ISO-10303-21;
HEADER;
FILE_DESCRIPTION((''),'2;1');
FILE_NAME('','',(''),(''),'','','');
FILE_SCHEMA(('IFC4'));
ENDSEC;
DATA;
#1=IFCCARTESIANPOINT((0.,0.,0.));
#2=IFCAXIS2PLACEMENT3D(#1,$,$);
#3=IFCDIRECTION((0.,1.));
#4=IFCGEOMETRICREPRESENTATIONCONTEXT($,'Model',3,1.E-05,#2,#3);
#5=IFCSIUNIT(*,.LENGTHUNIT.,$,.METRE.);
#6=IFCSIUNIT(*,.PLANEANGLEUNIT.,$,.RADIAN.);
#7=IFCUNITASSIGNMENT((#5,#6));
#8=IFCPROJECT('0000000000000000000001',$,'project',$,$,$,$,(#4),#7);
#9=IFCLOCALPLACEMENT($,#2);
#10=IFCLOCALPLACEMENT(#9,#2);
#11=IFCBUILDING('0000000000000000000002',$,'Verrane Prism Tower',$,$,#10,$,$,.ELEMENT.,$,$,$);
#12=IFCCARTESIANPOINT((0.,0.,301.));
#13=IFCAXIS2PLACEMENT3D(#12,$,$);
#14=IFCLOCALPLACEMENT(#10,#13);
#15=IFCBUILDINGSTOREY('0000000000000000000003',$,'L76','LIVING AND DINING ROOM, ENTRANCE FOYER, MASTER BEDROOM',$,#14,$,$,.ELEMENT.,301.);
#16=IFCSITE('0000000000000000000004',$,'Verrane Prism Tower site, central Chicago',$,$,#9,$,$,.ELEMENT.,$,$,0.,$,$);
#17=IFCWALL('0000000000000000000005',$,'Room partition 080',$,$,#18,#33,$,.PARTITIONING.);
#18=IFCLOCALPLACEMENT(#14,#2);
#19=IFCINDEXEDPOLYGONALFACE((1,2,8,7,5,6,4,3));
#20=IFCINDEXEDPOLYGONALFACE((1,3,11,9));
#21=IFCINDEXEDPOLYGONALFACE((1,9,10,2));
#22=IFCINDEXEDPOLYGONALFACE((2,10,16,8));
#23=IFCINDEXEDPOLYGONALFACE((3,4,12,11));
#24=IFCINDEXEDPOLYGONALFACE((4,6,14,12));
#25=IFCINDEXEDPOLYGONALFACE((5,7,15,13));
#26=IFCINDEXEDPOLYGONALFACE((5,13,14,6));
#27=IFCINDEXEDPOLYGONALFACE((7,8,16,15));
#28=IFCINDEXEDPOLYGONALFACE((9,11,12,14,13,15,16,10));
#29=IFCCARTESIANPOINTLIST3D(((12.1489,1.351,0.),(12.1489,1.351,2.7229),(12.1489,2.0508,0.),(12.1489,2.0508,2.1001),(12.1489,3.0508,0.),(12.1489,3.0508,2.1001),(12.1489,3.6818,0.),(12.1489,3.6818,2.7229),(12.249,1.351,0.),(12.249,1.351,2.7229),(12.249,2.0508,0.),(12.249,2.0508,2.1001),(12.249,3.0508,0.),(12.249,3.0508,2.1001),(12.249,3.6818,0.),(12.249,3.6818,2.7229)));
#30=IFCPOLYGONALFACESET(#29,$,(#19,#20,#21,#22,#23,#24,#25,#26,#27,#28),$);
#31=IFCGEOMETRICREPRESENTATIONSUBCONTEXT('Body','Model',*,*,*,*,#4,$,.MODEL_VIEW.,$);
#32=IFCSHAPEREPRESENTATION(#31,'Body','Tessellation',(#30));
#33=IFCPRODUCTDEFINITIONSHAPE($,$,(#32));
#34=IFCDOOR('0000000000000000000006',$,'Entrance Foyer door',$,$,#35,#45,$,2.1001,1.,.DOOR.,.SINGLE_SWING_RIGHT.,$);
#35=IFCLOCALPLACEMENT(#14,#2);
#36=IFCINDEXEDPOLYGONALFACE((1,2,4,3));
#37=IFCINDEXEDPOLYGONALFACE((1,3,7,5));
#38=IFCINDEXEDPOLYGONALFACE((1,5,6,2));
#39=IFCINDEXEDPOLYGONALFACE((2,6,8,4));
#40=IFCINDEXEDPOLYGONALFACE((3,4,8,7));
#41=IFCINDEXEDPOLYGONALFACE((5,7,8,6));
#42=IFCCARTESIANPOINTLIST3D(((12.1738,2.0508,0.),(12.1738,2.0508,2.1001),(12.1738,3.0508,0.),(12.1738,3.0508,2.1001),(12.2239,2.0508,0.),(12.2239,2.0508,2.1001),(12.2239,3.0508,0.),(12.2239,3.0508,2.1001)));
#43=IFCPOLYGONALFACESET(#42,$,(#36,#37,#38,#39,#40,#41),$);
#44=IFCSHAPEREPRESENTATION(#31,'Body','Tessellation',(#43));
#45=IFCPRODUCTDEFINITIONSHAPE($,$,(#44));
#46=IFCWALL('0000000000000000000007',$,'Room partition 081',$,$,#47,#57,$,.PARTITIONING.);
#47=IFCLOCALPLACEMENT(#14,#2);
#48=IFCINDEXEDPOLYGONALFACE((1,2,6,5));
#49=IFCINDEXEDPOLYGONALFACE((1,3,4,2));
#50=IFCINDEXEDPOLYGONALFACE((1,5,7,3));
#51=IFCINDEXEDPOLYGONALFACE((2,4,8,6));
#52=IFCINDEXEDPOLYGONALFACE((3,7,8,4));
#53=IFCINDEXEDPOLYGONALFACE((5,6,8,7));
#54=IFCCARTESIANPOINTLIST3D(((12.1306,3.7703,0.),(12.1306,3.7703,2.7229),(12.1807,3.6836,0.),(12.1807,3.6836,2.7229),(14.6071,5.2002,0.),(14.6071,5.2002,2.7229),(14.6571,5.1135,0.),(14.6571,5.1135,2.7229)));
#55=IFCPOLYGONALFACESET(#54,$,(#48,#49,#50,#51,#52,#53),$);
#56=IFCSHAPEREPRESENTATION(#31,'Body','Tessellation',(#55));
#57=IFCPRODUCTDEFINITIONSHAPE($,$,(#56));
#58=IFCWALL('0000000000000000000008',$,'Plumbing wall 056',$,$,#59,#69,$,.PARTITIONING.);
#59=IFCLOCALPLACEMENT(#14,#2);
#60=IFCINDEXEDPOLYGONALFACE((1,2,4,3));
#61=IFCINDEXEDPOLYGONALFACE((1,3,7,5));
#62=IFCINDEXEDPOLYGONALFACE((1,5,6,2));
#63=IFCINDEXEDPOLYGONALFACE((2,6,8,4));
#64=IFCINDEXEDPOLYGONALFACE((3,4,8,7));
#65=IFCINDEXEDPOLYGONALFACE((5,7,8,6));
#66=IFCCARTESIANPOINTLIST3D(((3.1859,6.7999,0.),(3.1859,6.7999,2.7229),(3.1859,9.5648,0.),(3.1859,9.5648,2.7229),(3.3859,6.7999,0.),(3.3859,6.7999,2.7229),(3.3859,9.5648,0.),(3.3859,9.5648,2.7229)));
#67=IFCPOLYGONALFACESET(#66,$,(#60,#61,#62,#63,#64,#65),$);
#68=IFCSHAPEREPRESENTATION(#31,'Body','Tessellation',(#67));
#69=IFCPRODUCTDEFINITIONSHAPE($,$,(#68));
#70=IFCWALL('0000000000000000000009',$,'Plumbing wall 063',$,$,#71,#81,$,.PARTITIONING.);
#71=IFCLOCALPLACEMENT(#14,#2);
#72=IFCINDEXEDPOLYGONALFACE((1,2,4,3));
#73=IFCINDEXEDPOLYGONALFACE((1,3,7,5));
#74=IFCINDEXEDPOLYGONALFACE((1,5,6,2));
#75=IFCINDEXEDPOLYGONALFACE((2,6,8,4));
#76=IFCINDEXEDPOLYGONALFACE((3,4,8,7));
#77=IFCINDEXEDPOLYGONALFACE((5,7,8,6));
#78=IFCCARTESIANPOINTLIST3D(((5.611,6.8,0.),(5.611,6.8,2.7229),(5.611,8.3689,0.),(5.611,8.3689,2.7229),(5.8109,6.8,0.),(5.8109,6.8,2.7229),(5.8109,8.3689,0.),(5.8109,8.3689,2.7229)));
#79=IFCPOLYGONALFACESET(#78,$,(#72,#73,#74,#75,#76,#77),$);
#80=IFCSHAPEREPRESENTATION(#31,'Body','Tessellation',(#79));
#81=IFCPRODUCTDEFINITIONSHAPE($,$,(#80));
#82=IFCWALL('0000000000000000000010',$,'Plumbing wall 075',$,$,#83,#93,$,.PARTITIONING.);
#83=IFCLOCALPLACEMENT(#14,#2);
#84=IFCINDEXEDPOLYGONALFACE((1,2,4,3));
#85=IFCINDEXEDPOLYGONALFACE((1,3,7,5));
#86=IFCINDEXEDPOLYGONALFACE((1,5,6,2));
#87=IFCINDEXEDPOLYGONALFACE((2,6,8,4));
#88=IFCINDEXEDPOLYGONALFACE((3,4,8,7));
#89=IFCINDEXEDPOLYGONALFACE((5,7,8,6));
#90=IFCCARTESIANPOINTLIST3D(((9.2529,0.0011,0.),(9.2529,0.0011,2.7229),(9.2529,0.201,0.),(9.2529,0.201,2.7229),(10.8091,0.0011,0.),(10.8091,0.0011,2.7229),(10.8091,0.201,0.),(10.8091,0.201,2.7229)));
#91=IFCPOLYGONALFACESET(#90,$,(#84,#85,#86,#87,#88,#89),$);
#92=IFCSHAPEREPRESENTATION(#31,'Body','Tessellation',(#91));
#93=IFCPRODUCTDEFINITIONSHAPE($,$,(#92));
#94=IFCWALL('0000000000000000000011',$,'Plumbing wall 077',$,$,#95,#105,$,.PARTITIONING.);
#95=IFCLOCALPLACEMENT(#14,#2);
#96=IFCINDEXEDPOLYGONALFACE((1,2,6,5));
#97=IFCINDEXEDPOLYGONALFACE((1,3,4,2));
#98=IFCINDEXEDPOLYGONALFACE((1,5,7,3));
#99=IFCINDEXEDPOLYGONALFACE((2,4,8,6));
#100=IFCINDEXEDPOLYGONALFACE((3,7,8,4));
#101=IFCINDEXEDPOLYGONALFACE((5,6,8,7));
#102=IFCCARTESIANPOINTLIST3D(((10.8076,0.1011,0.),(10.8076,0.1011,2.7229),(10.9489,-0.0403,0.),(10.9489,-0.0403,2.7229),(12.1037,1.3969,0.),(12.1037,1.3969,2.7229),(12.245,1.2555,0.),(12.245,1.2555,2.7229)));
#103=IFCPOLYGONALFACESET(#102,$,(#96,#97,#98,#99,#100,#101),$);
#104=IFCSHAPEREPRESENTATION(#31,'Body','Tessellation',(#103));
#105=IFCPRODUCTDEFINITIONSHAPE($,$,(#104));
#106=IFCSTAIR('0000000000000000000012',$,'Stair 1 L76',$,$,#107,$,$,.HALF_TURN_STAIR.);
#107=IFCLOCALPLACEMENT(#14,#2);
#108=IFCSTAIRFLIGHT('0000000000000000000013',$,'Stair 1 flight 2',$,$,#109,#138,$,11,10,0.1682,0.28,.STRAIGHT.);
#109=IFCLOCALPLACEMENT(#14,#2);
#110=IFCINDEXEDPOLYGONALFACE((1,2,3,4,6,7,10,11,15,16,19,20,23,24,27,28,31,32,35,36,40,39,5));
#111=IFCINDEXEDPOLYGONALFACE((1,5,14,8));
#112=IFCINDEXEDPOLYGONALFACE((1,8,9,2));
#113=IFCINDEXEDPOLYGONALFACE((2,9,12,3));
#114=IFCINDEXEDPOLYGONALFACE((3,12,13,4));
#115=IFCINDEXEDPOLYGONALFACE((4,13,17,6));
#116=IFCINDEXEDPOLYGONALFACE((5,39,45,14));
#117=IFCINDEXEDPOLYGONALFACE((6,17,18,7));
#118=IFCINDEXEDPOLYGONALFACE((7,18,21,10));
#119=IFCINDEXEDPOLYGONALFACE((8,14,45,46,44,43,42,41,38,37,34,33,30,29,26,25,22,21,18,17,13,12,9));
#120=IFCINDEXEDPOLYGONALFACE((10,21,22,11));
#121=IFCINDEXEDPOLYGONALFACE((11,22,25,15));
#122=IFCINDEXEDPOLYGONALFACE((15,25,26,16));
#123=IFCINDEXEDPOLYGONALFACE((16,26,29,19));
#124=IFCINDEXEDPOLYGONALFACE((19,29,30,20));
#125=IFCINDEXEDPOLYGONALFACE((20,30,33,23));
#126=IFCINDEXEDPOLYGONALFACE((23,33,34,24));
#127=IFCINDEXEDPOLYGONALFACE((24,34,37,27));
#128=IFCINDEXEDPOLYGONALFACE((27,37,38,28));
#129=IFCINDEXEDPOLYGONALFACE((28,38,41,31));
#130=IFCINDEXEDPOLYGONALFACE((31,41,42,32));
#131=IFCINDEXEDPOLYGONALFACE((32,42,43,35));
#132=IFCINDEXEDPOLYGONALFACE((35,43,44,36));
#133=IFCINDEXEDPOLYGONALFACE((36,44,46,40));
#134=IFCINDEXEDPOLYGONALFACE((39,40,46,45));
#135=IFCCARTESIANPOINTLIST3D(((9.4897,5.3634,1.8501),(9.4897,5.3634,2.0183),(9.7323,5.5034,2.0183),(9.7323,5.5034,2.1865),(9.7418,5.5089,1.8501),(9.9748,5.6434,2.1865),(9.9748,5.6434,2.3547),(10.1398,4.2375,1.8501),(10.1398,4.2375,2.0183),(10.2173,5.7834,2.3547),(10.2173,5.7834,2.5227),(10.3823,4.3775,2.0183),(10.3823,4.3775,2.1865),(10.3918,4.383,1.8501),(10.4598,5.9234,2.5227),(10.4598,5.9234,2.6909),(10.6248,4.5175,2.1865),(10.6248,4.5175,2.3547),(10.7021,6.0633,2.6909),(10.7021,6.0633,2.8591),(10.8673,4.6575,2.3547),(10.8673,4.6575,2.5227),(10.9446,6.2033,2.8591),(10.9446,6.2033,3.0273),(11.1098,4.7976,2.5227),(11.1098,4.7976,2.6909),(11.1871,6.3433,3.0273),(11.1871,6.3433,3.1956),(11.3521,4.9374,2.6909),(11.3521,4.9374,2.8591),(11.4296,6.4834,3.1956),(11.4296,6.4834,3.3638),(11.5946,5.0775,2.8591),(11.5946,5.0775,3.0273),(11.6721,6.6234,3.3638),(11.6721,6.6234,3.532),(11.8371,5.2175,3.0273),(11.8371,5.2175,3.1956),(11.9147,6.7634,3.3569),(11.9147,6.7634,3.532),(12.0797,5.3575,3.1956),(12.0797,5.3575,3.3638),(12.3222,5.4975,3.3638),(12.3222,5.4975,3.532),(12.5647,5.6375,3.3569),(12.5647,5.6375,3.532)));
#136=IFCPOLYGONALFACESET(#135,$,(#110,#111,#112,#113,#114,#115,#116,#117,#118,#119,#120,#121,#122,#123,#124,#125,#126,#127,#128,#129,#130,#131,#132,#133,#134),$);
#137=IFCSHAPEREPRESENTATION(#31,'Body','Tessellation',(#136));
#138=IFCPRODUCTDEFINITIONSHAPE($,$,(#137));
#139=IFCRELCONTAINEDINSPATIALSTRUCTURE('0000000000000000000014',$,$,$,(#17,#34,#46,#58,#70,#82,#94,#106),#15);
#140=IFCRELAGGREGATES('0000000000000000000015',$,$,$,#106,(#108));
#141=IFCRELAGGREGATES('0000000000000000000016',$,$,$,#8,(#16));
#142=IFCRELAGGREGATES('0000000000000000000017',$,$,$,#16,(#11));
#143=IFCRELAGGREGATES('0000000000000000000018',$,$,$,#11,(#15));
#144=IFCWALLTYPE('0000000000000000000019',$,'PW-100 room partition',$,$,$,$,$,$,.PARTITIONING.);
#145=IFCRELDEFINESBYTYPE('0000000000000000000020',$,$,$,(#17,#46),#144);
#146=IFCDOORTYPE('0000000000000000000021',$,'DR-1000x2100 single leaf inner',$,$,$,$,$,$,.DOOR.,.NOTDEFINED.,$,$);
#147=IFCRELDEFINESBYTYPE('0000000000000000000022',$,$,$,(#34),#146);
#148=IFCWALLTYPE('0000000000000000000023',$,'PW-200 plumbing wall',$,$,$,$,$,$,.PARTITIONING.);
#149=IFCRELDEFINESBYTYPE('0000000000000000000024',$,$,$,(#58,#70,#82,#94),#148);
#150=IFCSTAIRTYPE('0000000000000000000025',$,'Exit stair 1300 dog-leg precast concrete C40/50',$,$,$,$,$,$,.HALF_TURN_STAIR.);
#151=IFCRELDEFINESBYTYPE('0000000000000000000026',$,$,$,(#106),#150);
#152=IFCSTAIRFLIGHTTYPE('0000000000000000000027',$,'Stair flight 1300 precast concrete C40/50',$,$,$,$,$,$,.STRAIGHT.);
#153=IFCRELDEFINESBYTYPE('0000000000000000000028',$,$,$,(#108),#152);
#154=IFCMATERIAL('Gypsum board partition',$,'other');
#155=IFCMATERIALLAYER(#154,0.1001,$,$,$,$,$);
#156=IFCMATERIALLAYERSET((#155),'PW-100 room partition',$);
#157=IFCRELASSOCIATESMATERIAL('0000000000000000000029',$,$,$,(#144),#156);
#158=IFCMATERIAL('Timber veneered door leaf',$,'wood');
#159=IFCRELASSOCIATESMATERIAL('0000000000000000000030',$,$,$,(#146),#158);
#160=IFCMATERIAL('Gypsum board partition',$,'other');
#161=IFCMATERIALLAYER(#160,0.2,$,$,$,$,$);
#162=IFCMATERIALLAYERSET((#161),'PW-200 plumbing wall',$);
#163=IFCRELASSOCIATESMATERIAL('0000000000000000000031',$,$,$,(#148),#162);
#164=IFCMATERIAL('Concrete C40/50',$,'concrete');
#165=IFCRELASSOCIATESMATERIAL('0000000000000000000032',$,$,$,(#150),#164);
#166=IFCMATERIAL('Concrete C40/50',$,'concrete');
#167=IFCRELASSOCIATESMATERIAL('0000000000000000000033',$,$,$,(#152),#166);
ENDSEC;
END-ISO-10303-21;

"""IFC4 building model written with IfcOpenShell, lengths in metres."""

from ifc_helpers import new_model, si_unit, direction, frame, frame_2d, origin, place, context, subcontext, project, spatial, polyline, rectangle, outline, extrude, material, layer, layer_set, type_object, element, fill, aggregate, save


model = new_model("IFC4")

# Units and contexts
model_context = context("Model", 3, precision=1e-05, world=origin(), true_north=direction((0.0, 1.0)))
body_context = subcontext(model_context, "Body", "Model", "MODEL_VIEW")
ifc_project = project(units=[si_unit("LENGTHUNIT", "METRE"), si_unit("PLANEANGLEUNIT", "RADIAN")], contexts=[model_context])

# Site, building, storey
site_placement = place(None, origin())
site = spatial("IfcSite", under=ifc_project, at=site_placement, Name="Verrane Prism Tower site, central Chicago", CompositionType="ELEMENT", RefElevation=0.0)
building_placement = place(site_placement, origin())
building = spatial("IfcBuilding", under=site, at=building_placement, Name="Verrane Prism Tower", CompositionType="ELEMENT")
storey_placement = place(building_placement, frame((0.0, 0.0, 301.0)))
storey = spatial("IfcBuildingStorey", under=building, at=storey_placement, Name="L76", Description="LIVING AND DINING ROOM, ENTRANCE FOYER, MASTER BEDROOM", CompositionType="ELEMENT", Elevation=301.0)

# Wall, opening, door
ifc_material_1 = material(Name="Gypsum board partition", Category="other")
ifc_layer_1 = layer(ifc_material_1, 0.1001)
ifc_layer_set_1 = layer_set([ifc_layer_1], Name="PW-100 room partition")
wall_type_1 = type_object("IfcWallType", Name="PW-100 room partition", PredefinedType="PARTITIONING", material=ifc_layer_set_1)
wall_1_placement = place(storey_placement, frame((12.199, 3.6819, 0.0), z_axis=(0.0, 0.0, 1.0), x_axis=(0.0, -1.0, 0.0)))
wall_1 = element("IfcWall", 1, at=wall_1_placement, inside=storey, type_object=wall_type_1, Name="Room partition 080", PredefinedType="PARTITIONING", context=body_context, shape_type="SweptSolid", body=[
    extrude(rectangle(XDim=2.3308, YDim=0.1001, at=frame_2d((1.1655, 0.0))), origin(), (0.0, 0.0, 1.0), 2.7229),
])
opening_1_placement = place(wall_1_placement, frame((0.6311, 0.0, 0.0)))
opening_1 = element("IfcOpeningElement", 2, at=opening_1_placement, cuts=wall_1, PredefinedType="OPENING", context=body_context, shape_type="SweptSolid", body=[
    extrude(rectangle(XDim=1.0, YDim=2.1001, at=frame_2d((0.5, 1.05))), frame((0.0, 0.0601, 0.0), z_axis=(0.0, -1.0, 0.0), x_axis=(1.0, 0.0, 0.0)), (0.0, 0.0, 1.0), 0.1201),
])
ifc_material_2 = material(Name="Timber veneered door leaf", Category="wood")
door_type_1 = type_object("IfcDoorType", Name="DR-1000x2100 single leaf inner", OperationType="NOTDEFINED", PredefinedType="DOOR", material=ifc_material_2)
door_1_placement = place(opening_1_placement, origin())
door_1 = element("IfcDoor", 3, at=door_1_placement, inside=storey, type_object=door_type_1, Name="Entrance Foyer door", OperationType="SINGLE_SWING_RIGHT", OverallHeight=2.1001, OverallWidth=1.0, PredefinedType="DOOR", context=body_context, shape_type="SweptSolid", body=[
    extrude(rectangle(XDim=1.0, YDim=2.1001, at=frame_2d((0.5, 1.05))), frame((0.0, 0.0249, 0.0), z_axis=(0.0, -1.0, 0.0), x_axis=(1.0, 0.0, 0.0)), (0.0, 0.0, 1.0), 0.05),
])
fill(opening_1, door_1)

# Walls
wall_2_placement = place(storey_placement, frame((12.1558, 3.7271, 0.0), z_axis=(0.0, 0.0, 1.0), x_axis=(0.866012, 0.500023, 0.0)))
element("IfcWall", 4, at=wall_2_placement, inside=storey, type_object=wall_type_1, Name="Room partition 081", PredefinedType="PARTITIONING", context=body_context, shape_type="SweptSolid", body=[
    extrude(rectangle(XDim=2.8596, YDim=0.1001, at=frame_2d((1.4297, 0.0))), origin(), (0.0, 0.0, 1.0), 2.7229),
])
ifc_material_3 = material(Name="Gypsum board partition", Category="other")
ifc_layer_2 = layer(ifc_material_3, 0.2)
ifc_layer_set_2 = layer_set([ifc_layer_2], Name="PW-200 plumbing wall")
wall_type_2 = type_object("IfcWallType", Name="PW-200 plumbing wall", PredefinedType="PARTITIONING", material=ifc_layer_set_2)
wall_3_placement = place(storey_placement, frame((3.2859, 6.8, 0.0), z_axis=(0.0, 0.0, 1.0), x_axis=(0.0, 1.0, 0.0)))
element("IfcWall", 5, at=wall_3_placement, inside=storey, type_object=wall_type_2, Name="Plumbing wall 056", PredefinedType="PARTITIONING", context=body_context, shape_type="SweptSolid", body=[
    extrude(rectangle(XDim=2.7649, YDim=0.2, at=frame_2d((1.3823, 0.0))), origin(), (0.0, 0.0, 1.0), 2.7229),
])
wall_4_placement = place(storey_placement, frame((5.7109, 6.8, 0.0), z_axis=(0.0, 0.0, 1.0), x_axis=(0.0, 1.0, 0.0)))
element("IfcWall", 6, at=wall_4_placement, inside=storey, type_object=wall_type_2, Name="Plumbing wall 063", PredefinedType="PARTITIONING", context=body_context, shape_type="SweptSolid", body=[
    extrude(rectangle(XDim=1.5688, YDim=0.2, at=frame_2d((0.7844, 0.0))), origin(), (0.0, 0.0, 1.0), 2.7229),
])
wall_5_placement = place(storey_placement, frame((9.2529, 0.1011, 0.0), z_axis=(0.0, 0.0, 1.0), x_axis=(1.0, 0.0, 0.0)))
element("IfcWall", 7, at=wall_5_placement, inside=storey, type_object=wall_type_2, Name="Plumbing wall 075", PredefinedType="PARTITIONING", context=body_context, shape_type="SweptSolid", body=[
    extrude(rectangle(XDim=1.5562, YDim=0.2, at=frame_2d((0.7781, 0.0))), origin(), (0.0, 0.0, 1.0), 2.7229),
])
wall_6_placement = place(storey_placement, frame((10.8782, 0.0303, 0.0), z_axis=(0.0, 0.0, 1.0), x_axis=(0.707173, 0.70704, 0.0)))
element("IfcWall", 8, at=wall_6_placement, inside=storey, type_object=wall_type_2, Name="Plumbing wall 077", PredefinedType="PARTITIONING", context=body_context, shape_type="SweptSolid", body=[
    extrude(rectangle(XDim=1.8328, YDim=0.2, at=frame_2d((0.9165, 0.0))), origin(), (0.0, 0.0, 1.0), 2.7229),
])

# Stair, stair flight
ifc_material_4 = material(Name="Concrete C40/50", Category="concrete")
stair_type = type_object("IfcStairType", Name="Exit stair 1300 dog-leg precast concrete C40/50", PredefinedType="HALF_TURN_STAIR", material=ifc_material_4)
stair_placement = place(storey_placement, origin())
stair = element("IfcStair", 9, at=stair_placement, inside=storey, type_object=stair_type, Name="Stair 1 L76", PredefinedType="HALF_TURN_STAIR")
ifc_material_5 = material(Name="Concrete C40/50", Category="concrete")
stair_flight_type = type_object("IfcStairFlightType", Name="Stair flight 1300 precast concrete C40/50", PredefinedType="STRAIGHT", material=ifc_material_5)
stair_flight_placement = place(storey_placement, frame((9.8147, 4.8005, 1.8501), z_axis=(0.0, 0.0, 1.0), x_axis=(0.866025, 0.5, 0.0)))
stair_flight = element("IfcStairFlight", 10, at=stair_flight_placement, type_object=stair_flight_type, Name="Stair 1 flight 2", NumberOfRisers=11, NumberOfTreads=10, PredefinedType="STRAIGHT", RiserHeight=0.1682, TreadLength=0.28, context=body_context, shape_type="SweptSolid", body=[
    extrude(outline(polyline([(0.0, 0.0), (0.0, 0.1682), (0.28, 0.1682), (0.28, 0.3364), (0.5601, 0.3364), (0.5601, 0.5046), (0.8401, 0.5046), (0.8401, 0.6726), (1.1201, 0.6726), (1.1201, 0.8408), (1.3999, 0.8408), (1.3999, 1.009), (1.6799, 1.009), (1.6799, 1.1772), (1.96, 1.1772), (1.96, 1.3455), (2.24, 1.3455), (2.24, 1.5137), (2.52, 1.5137), (2.52, 1.6819), (2.8, 1.6819), (2.8, 1.8501), (2.8, 1.5068), (0.291, 0.0), (0.0, 0.0)])), frame((0.0, 0.6499, 0.0), z_axis=(0.0, -1.0, 0.0), x_axis=(1.0, 0.0, 0.0)), (0.0, 0.0, 1.0), 1.3),
])
aggregate(stair, [stair_flight])

save(model, "model.ifc")
